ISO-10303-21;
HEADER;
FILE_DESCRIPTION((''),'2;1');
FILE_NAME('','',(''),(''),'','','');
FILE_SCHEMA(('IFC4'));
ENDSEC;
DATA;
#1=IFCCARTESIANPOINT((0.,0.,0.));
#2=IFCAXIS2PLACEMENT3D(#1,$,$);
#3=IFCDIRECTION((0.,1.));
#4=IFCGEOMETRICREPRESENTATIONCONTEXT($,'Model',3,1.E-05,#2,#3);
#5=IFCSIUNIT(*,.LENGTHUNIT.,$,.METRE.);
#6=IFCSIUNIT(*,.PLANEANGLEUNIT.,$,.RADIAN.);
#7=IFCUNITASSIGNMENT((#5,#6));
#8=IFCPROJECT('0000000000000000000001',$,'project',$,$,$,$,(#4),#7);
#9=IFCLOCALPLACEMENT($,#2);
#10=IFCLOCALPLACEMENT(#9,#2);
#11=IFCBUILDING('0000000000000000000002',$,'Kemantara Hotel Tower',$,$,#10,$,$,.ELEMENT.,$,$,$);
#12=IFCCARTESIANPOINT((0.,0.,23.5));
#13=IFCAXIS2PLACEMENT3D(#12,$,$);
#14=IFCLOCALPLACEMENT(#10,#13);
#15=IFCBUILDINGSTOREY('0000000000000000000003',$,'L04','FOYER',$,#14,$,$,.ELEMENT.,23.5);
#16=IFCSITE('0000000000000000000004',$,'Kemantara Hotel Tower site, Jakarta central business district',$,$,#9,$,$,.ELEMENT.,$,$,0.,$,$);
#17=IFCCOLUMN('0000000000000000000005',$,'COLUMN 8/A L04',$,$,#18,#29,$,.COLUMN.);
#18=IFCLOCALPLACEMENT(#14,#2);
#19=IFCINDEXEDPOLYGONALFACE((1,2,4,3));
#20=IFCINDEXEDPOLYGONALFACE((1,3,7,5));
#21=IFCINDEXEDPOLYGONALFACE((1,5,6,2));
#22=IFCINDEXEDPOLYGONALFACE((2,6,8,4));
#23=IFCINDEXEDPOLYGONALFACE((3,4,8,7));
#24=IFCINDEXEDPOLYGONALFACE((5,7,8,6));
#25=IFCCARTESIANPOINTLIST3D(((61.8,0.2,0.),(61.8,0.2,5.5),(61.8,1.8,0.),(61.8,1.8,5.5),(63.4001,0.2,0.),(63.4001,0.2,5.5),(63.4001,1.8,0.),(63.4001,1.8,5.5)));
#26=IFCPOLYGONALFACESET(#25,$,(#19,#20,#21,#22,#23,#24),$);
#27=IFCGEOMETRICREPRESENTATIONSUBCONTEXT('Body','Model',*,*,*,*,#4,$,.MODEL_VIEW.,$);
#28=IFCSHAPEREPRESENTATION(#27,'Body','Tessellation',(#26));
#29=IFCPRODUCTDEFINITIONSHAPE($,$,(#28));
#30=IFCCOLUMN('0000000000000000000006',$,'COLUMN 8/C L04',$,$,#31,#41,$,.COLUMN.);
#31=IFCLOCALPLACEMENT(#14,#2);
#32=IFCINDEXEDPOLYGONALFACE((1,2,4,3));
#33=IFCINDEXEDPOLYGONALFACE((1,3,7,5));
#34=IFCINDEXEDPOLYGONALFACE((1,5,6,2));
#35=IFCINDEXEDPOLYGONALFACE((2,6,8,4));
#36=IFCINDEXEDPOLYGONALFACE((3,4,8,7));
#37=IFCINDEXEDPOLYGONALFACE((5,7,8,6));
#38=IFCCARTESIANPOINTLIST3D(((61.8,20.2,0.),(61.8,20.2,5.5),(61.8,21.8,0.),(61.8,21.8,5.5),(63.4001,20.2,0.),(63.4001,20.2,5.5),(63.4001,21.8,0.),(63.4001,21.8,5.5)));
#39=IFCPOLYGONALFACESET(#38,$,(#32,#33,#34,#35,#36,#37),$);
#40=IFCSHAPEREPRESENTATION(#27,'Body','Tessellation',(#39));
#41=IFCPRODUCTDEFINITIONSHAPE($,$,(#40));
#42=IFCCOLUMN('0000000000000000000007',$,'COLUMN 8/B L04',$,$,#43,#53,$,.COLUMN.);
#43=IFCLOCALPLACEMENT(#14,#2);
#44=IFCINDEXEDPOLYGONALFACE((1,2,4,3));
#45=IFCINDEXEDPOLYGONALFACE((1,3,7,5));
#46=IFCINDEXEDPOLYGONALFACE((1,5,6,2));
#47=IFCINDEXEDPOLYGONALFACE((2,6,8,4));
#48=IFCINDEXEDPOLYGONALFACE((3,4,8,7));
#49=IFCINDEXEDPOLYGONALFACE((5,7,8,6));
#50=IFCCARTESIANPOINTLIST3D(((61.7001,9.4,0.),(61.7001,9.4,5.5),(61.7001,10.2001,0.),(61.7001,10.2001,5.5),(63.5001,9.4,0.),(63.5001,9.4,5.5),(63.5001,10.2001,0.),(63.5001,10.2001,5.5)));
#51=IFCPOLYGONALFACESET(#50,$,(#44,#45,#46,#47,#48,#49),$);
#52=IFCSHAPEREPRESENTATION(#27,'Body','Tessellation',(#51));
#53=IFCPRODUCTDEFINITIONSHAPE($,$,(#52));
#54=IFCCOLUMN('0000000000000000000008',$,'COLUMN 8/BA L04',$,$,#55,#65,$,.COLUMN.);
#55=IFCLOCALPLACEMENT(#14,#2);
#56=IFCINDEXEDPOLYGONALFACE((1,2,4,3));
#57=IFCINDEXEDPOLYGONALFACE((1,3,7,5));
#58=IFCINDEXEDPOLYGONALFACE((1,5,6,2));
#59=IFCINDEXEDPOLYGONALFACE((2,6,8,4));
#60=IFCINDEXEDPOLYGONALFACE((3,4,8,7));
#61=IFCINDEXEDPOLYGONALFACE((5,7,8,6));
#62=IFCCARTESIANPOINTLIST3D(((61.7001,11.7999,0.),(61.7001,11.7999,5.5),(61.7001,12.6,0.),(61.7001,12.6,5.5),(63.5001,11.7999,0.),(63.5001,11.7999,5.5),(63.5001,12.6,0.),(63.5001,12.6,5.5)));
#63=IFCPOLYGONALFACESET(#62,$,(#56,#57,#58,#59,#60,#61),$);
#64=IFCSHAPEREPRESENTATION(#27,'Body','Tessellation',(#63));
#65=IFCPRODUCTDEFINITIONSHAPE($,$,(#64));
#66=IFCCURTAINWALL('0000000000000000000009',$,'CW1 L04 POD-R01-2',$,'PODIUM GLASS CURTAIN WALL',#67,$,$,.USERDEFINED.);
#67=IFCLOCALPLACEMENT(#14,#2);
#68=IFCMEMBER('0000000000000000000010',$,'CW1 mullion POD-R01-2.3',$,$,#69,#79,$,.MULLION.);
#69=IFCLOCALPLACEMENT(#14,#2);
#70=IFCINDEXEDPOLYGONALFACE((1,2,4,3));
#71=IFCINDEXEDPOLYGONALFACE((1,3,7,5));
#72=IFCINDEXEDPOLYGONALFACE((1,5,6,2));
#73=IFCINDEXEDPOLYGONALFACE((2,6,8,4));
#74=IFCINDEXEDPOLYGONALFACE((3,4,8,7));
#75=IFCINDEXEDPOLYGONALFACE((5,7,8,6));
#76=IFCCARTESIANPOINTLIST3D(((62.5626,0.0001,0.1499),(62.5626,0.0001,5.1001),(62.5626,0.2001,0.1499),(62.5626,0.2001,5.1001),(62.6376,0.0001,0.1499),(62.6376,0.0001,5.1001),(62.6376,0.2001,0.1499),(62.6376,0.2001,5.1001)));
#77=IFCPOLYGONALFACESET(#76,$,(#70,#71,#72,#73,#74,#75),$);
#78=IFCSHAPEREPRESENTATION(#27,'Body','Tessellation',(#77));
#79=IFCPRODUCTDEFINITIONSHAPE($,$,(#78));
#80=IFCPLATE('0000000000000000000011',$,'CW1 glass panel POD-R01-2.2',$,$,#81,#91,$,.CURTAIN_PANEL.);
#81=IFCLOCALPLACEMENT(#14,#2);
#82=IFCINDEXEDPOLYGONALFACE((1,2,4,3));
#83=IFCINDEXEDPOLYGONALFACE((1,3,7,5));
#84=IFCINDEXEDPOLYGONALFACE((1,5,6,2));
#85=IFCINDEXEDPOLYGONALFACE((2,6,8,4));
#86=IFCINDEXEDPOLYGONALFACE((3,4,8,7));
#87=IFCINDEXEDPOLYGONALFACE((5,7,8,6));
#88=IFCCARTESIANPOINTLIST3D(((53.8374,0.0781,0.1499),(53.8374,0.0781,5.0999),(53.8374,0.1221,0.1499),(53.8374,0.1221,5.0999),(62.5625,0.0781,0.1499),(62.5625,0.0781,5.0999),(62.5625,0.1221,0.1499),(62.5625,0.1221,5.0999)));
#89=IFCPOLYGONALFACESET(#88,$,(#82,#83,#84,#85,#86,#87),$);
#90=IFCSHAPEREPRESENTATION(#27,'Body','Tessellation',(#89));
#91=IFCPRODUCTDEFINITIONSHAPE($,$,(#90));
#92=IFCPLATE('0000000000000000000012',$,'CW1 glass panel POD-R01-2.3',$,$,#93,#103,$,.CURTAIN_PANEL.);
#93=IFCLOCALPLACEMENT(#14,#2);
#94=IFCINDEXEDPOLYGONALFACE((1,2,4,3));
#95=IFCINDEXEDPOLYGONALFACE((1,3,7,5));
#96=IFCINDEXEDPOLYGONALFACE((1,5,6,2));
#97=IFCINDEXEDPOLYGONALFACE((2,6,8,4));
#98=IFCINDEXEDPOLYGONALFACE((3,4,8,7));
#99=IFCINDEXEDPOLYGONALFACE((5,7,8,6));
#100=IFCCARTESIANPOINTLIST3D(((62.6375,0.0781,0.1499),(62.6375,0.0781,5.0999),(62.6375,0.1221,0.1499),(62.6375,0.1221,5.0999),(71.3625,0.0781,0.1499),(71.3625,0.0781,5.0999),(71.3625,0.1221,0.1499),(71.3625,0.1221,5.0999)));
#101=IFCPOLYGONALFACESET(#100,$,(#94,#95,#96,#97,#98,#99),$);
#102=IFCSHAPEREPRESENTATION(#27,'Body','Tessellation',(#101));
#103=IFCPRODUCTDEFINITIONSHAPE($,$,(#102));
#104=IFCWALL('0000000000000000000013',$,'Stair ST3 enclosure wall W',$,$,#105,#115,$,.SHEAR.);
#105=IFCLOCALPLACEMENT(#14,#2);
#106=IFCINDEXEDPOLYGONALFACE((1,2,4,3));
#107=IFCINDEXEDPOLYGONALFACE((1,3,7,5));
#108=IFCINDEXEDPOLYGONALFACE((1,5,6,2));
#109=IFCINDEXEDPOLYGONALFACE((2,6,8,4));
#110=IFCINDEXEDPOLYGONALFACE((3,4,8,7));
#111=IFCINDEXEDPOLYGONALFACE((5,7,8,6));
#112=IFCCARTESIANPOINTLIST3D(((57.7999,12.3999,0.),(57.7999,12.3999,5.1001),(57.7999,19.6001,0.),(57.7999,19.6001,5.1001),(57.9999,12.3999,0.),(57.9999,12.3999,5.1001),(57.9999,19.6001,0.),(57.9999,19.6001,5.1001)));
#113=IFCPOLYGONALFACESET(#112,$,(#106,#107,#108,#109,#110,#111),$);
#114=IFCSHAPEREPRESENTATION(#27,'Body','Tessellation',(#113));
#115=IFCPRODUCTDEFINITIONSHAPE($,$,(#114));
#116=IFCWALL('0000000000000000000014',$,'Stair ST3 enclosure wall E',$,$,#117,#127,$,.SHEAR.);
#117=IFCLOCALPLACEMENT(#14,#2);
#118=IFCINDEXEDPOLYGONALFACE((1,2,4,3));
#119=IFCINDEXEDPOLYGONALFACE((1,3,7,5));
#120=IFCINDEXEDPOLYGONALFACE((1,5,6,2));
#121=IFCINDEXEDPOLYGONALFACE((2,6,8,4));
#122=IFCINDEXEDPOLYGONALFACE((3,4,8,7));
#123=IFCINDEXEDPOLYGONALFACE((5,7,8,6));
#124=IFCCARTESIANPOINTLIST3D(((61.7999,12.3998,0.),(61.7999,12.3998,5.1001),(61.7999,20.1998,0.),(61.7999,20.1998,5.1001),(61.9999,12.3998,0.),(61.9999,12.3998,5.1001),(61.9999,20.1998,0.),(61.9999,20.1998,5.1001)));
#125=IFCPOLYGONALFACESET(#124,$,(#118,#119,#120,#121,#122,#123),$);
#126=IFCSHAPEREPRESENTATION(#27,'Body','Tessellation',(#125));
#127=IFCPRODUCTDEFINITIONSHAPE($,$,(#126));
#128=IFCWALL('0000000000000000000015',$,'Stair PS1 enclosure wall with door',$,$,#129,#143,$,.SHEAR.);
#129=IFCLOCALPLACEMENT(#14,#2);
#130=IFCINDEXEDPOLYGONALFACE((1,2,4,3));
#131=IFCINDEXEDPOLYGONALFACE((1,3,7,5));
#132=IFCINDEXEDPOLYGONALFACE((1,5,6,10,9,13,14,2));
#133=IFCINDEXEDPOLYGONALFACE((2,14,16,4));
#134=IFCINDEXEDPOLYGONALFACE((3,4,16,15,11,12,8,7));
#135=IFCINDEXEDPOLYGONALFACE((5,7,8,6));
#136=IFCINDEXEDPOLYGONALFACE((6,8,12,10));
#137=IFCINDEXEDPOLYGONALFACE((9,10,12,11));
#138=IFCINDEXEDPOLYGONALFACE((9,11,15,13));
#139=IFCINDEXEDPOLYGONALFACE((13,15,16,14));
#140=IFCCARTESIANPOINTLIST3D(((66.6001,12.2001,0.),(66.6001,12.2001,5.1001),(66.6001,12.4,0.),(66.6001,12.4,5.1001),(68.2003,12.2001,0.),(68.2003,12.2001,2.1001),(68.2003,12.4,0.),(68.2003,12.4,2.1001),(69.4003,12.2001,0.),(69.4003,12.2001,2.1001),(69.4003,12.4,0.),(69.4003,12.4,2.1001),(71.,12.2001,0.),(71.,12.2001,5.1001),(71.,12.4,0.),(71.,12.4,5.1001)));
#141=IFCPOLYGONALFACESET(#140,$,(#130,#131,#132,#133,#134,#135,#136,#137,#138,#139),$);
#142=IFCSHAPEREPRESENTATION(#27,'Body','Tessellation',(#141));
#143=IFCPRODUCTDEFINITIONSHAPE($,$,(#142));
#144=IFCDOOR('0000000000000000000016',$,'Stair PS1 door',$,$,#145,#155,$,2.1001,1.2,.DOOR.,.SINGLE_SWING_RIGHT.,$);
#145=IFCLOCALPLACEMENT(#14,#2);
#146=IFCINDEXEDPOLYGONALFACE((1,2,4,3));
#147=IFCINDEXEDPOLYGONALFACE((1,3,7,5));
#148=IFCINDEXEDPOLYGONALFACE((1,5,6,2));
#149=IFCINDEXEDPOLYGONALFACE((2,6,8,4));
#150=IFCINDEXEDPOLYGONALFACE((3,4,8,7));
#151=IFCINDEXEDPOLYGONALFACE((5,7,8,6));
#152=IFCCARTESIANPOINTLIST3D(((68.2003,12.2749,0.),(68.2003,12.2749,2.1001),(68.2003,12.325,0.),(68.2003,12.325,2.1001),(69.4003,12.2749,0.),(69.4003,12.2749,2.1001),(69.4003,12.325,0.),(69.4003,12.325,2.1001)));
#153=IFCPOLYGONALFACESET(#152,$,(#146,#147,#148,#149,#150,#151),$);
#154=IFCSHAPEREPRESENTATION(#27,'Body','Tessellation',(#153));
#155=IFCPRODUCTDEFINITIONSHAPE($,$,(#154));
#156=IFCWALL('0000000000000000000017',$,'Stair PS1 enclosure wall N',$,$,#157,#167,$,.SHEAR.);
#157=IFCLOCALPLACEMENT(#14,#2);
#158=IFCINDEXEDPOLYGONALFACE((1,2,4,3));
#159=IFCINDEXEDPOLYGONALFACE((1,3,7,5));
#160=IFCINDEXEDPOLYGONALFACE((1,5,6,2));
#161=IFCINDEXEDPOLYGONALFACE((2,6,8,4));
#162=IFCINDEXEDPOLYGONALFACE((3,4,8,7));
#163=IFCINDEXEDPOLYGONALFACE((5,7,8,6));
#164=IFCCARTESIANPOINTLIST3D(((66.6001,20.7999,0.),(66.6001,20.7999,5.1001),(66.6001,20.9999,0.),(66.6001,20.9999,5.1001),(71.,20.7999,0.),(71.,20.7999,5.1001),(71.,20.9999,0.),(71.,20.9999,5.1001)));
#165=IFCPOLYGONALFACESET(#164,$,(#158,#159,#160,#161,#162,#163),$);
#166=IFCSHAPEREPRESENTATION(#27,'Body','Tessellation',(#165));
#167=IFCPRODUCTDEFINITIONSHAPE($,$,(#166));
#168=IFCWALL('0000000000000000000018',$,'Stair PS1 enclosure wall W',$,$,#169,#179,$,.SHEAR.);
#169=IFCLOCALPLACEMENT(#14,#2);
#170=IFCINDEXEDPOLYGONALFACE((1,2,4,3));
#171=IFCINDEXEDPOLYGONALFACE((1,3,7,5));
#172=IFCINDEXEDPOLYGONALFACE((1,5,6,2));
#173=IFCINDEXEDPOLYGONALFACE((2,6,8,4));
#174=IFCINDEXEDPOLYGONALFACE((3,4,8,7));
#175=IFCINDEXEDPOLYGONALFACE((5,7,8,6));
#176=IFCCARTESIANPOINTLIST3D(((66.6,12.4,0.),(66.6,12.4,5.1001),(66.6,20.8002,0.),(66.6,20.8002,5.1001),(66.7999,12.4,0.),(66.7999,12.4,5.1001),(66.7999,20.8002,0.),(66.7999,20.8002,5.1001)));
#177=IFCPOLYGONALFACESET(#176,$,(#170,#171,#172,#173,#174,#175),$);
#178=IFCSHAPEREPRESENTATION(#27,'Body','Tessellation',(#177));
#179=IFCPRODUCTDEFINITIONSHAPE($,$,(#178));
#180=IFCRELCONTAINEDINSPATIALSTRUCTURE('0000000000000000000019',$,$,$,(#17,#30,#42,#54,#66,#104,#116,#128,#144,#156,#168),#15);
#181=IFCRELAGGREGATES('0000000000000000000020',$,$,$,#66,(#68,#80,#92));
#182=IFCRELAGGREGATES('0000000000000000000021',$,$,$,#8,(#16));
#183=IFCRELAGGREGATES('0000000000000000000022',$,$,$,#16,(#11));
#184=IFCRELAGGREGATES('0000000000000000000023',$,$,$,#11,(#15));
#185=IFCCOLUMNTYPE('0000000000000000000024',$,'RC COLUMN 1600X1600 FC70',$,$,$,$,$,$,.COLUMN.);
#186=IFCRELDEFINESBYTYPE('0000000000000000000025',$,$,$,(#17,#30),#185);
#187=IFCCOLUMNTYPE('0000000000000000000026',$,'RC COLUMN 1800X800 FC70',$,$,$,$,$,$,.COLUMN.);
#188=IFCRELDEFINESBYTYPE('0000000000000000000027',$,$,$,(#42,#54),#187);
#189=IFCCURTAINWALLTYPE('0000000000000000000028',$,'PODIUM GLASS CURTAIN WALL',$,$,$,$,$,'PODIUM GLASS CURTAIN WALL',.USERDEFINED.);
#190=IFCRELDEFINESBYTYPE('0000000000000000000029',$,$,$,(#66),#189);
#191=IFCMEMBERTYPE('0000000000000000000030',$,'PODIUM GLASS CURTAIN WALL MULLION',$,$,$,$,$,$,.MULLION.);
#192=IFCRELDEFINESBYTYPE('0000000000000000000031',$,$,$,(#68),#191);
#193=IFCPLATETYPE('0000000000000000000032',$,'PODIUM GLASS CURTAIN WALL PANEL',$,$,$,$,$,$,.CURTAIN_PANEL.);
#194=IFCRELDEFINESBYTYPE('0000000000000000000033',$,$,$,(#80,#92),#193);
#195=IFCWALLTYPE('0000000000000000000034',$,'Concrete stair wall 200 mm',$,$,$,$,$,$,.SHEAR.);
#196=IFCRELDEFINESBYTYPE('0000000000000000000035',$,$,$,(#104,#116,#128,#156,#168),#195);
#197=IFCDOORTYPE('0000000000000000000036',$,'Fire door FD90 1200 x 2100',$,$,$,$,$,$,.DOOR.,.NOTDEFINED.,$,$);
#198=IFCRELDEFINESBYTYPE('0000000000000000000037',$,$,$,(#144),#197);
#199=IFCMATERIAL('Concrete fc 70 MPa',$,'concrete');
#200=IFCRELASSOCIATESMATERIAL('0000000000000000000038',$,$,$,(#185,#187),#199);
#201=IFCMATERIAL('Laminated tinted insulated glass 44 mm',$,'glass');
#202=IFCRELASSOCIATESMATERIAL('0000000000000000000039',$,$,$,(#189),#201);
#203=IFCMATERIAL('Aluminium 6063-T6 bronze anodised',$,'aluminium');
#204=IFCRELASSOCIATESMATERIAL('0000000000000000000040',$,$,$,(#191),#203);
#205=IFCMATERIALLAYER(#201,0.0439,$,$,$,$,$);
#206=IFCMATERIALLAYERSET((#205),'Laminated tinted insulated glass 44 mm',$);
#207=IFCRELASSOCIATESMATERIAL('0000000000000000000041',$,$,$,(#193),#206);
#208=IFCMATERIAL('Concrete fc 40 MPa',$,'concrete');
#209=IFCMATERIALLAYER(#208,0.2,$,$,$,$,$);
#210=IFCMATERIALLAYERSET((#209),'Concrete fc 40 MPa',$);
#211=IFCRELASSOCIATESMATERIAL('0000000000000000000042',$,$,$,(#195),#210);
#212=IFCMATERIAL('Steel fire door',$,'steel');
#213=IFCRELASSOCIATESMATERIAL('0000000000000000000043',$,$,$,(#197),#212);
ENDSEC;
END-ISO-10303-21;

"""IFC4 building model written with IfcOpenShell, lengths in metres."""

from ifc_helpers import new_model, si_unit, direction, frame, frame_2d, origin, origin_2d, place, context, subcontext, project, spatial, rectangle, extrude, source, transform, mapped, material, layer, layer_set, material_profile, profile_set, type_object, element, fill, aggregate, save


model = new_model("IFC4")

# Units and contexts
model_context = context("Model", 3, precision=1e-05, world=origin(), true_north=direction((0.0, 1.0)))
body_context = subcontext(model_context, "Body", "Model", "MODEL_VIEW")
ifc_project = project(units=[si_unit("LENGTHUNIT", "METRE"), si_unit("PLANEANGLEUNIT", "RADIAN")], contexts=[model_context])

# Site, building, storey
site_placement = place(None, origin())
site = spatial("IfcSite", under=ifc_project, at=site_placement, Name="Kemantara Hotel Tower site, Jakarta central business district", CompositionType="ELEMENT", RefElevation=0.0)
building_placement = place(site_placement, origin())
building = spatial("IfcBuilding", under=site, at=building_placement, Name="Kemantara Hotel Tower", CompositionType="ELEMENT")
storey_placement = place(building_placement, frame((0.0, 0.0, 23.5)))
storey = spatial("IfcBuildingStorey", under=building, at=storey_placement, Name="L04", Description="FOYER", CompositionType="ELEMENT", Elevation=23.5)

# Columns
ifc_material_1 = material(Name="Concrete fc 70 MPa", Category="concrete")
ifc_material_profile_1 = material_profile(ifc_material_1, rectangle(XDim=1.6001, YDim=1.6001, at=origin_2d()), Name="RC 1600X1600")
ifc_profile_set_1 = profile_set([ifc_material_profile_1], Name="Concrete fc 70 MPa")
column_type_1 = type_object("IfcColumnType", Name="RC COLUMN 1600X1600 FC70", PredefinedType="COLUMN", material=ifc_profile_set_1)
for number, where, z_axis, x_axis, name in (
    (1, (62.6001, 1.0, 0.0), (0.0, 0.0, 1.0), (1.0, 0.0, 0.0), "COLUMN 8/A L04"),
    (2, (62.6001, 21.0, 0.0), (0.0, 0.0, 1.0), (1.0, 0.0, 0.0), "COLUMN 8/C L04"),
):
    element("IfcColumn", number, at=place(storey_placement, frame(where, z_axis=z_axis, x_axis=x_axis)), inside=storey, type_object=column_type_1, Name=name, PredefinedType="COLUMN", context=body_context, shape_type="SweptSolid", body=[
        extrude(rectangle(XDim=1.6001, YDim=1.6001, at=origin_2d()), origin(), (0.0, 0.0, 1.0), 5.5),
    ])
ifc_material_profile_2 = material_profile(ifc_material_1, rectangle(XDim=1.8, YDim=0.8, at=origin_2d()), Name="RC 1800X800")
ifc_profile_set_2 = profile_set([ifc_material_profile_2], Name="Concrete fc 70 MPa")
column_type_2 = type_object("IfcColumnType", Name="RC COLUMN 1800X800 FC70", PredefinedType="COLUMN", material=ifc_profile_set_2)
for number, where, z_axis, x_axis, name in (
    (3, (62.6001, 9.8, 0.0), (0.0, 0.0, 1.0), (1.0, 0.0, 0.0), "COLUMN 8/B L04"),
    (4, (62.6001, 12.2, 0.0), (0.0, 0.0, 1.0), (1.0, 0.0, 0.0), "COLUMN 8/BA L04"),
):
    element("IfcColumn", number, at=place(storey_placement, frame(where, z_axis=z_axis, x_axis=x_axis)), inside=storey, type_object=column_type_2, Name=name, PredefinedType="COLUMN", context=body_context, shape_type="SweptSolid", body=[
        extrude(rectangle(XDim=1.8, YDim=0.8, at=origin_2d()), origin(), (0.0, 0.0, 1.0), 5.5),
    ])

# Curtain wall, member, plates
ifc_material_2 = material(Name="Laminated tinted insulated glass 44 mm", Category="glass")
curtain_wall_type = type_object("IfcCurtainWallType", Name="PODIUM GLASS CURTAIN WALL", ElementType="PODIUM GLASS CURTAIN WALL", PredefinedType="USERDEFINED", material=ifc_material_2)
curtain_wall_placement = place(storey_placement, origin())
curtain_wall = element("IfcCurtainWall", 5, at=curtain_wall_placement, inside=storey, type_object=curtain_wall_type, Name="CW1 L04 POD-R01-2", ObjectType="PODIUM GLASS CURTAIN WALL", PredefinedType="USERDEFINED")
ifc_material_3 = material(Name="Aluminium 6063-T6 bronze anodised", Category="aluminium")
ifc_material_profile_3 = material_profile(ifc_material_3, rectangle(XDim=0.2, YDim=0.075, at=origin_2d()), Name="PODIUM GLASS CURTAIN WALL MULLION")
ifc_profile_set_3 = profile_set([ifc_material_profile_3], Name="Aluminium 6063-T6 bronze anodised")
member_type = type_object("IfcMemberType", Name="PODIUM GLASS CURTAIN WALL MULLION", PredefinedType="MULLION", material=ifc_profile_set_3)
shared_shape_1 = source(origin(), body_context, "Body", "SweptSolid", [
    extrude(rectangle(XDim=0.2, YDim=0.075, at=origin_2d()), origin(), (0.0, 0.0, 1.0), 4.9502),
])
member_placement = place(storey_placement, frame((62.6001, 0.1001, 0.1499), z_axis=(0.0, 0.0, 1.0), x_axis=(0.0, 1.0, 0.0)))
member = element("IfcMember", 6, at=member_placement, type_object=member_type, Name="CW1 mullion POD-R01-2.3", PredefinedType="MULLION", context=body_context, shape_type="MappedRepresentation", body=[
    mapped(shared_shape_1, transform((0.0, 0.0, 0.0))),
])
ifc_layer_1 = layer(ifc_material_2, 0.0439)
ifc_layer_set_1 = layer_set([ifc_layer_1], Name="Laminated tinted insulated glass 44 mm")
plate_type = type_object("IfcPlateType", Name="PODIUM GLASS CURTAIN WALL PANEL", PredefinedType="CURTAIN_PANEL", material=ifc_layer_set_1)
shared_shape_2 = source(origin(), body_context, "Body", "SweptSolid", [
    extrude(rectangle(XDim=8.7251, YDim=0.0439, at=origin_2d()), origin(), (0.0, 0.0, 1.0), 4.95),
])
plate_1_placement = place(storey_placement, frame((58.2, 0.1001, 0.1499), z_axis=(0.0, 0.0, 1.0), x_axis=(1.0, 0.0, 0.0)))
plate_1 = element("IfcPlate", 7, at=plate_1_placement, type_object=plate_type, Name="CW1 glass panel POD-R01-2.2", PredefinedType="CURTAIN_PANEL", context=body_context, shape_type="MappedRepresentation", body=[
    mapped(shared_shape_2, transform((0.0, 0.0, 0.0))),
])
plate_2_placement = place(storey_placement, frame((67.0, 0.1001, 0.1499), z_axis=(0.0, 0.0, 1.0), x_axis=(1.0, 0.0, 0.0)))
plate_2 = element("IfcPlate", 8, at=plate_2_placement, type_object=plate_type, Name="CW1 glass panel POD-R01-2.3", PredefinedType="CURTAIN_PANEL", context=body_context, shape_type="MappedRepresentation", body=[
    mapped(shared_shape_2, transform((0.0, 0.0, 0.0))),
])
aggregate(curtain_wall, [member, plate_1, plate_2])

# Walls
ifc_material_4 = material(Name="Concrete fc 40 MPa", Category="concrete")
ifc_layer_2 = layer(ifc_material_4, 0.2)
ifc_layer_set_2 = layer_set([ifc_layer_2], Name="Concrete fc 40 MPa")
wall_type_1 = type_object("IfcWallType", Name="Concrete stair wall 200 mm", PredefinedType="SHEAR", material=ifc_layer_set_2)
wall_1_placement = place(storey_placement, frame((57.8999, 12.3999, 0.0), z_axis=(0.0, 0.0, 1.0), x_axis=(0.0, 1.0, 0.0)))
element("IfcWall", 9, at=wall_1_placement, inside=storey, type_object=wall_type_1, Name="Stair ST3 enclosure wall W", PredefinedType="SHEAR", context=body_context, shape_type="SweptSolid", body=[
    extrude(rectangle(XDim=7.2002, YDim=0.2, at=frame_2d((3.6001, 0.0))), origin(), (0.0, 0.0, 1.0), 5.1001),
])
wall_2_placement = place(storey_placement, frame((61.8999, 12.3999, 0.0), z_axis=(0.0, 0.0, 1.0), x_axis=(0.0, 1.0, 0.0)))
element("IfcWall", 10, at=wall_2_placement, inside=storey, type_object=wall_type_1, Name="Stair ST3 enclosure wall E", PredefinedType="SHEAR", context=body_context, shape_type="SweptSolid", body=[
    extrude(rectangle(XDim=7.8, YDim=0.2, at=frame_2d((3.8999, 0.0))), origin(), (0.0, 0.0, 1.0), 5.1001),
])

# Wall, opening, door
wall_3_placement = place(storey_placement, frame((66.6001, 12.3, 0.0), z_axis=(0.0, 0.0, 1.0), x_axis=(1.0, 0.0, 0.0)))
wall_3 = element("IfcWall", 11, at=wall_3_placement, inside=storey, type_object=wall_type_1, Name="Stair PS1 enclosure wall with door", PredefinedType="SHEAR", context=body_context, shape_type="SweptSolid", body=[
    extrude(rectangle(XDim=4.3999, YDim=0.2, at=frame_2d((2.2, 0.0))), origin(), (0.0, 0.0, 1.0), 5.1001),
])
opening_1_placement = place(wall_3_placement, frame((1.6001, 0.0, 0.0)))
opening_1 = element("IfcOpeningElement", 12, at=opening_1_placement, cuts=wall_3, PredefinedType="OPENING", context=body_context, shape_type="SweptSolid", body=[
    extrude(rectangle(XDim=1.2, YDim=2.1001, at=frame_2d((0.6001, 1.05))), frame((0.0, 0.1099, 0.0), z_axis=(0.0, -1.0, 0.0), x_axis=(1.0, 0.0, 0.0)), (0.0, 0.0, 1.0), 0.22),
])
ifc_material_5 = material(Name="Steel fire door", Category="steel")
door_type_1 = type_object("IfcDoorType", Name="Fire door FD90 1200 x 2100", OperationType="NOTDEFINED", PredefinedType="DOOR", material=ifc_material_5)
door_1_placement = place(opening_1_placement, origin())
door_1 = element("IfcDoor", 13, at=door_1_placement, inside=storey, type_object=door_type_1, Name="Stair PS1 door", OperationType="SINGLE_SWING_RIGHT", OverallHeight=2.1001, OverallWidth=1.2, PredefinedType="DOOR", context=body_context, shape_type="SweptSolid", body=[
    extrude(rectangle(XDim=1.2, YDim=2.1001, at=frame_2d((0.6001, 1.05))), frame((0.0, 0.0249, 0.0), z_axis=(0.0, -1.0, 0.0), x_axis=(1.0, 0.0, 0.0)), (0.0, 0.0, 1.0), 0.05),
])
fill(opening_1, door_1)

# Walls
wall_4_placement = place(storey_placement, frame((66.6001, 20.8999, 0.0), z_axis=(0.0, 0.0, 1.0), x_axis=(1.0, 0.0, 0.0)))
element("IfcWall", 14, at=wall_4_placement, inside=storey, type_object=wall_type_1, Name="Stair PS1 enclosure wall N", PredefinedType="SHEAR", context=body_context, shape_type="SweptSolid", body=[
    extrude(rectangle(XDim=4.3999, YDim=0.2, at=frame_2d((2.2, 0.0))), origin(), (0.0, 0.0, 1.0), 5.1001),
])
wall_5_placement = place(storey_placement, frame((66.7, 12.3999, 0.0), z_axis=(0.0, 0.0, 1.0), x_axis=(0.0, 1.0, 0.0)))
element("IfcWall", 15, at=wall_5_placement, inside=storey, type_object=wall_type_1, Name="Stair PS1 enclosure wall W", PredefinedType="SHEAR", context=body_context, shape_type="SweptSolid", body=[
    extrude(rectangle(XDim=8.4001, YDim=0.2, at=frame_2d((4.2002, 0.0))), origin(), (0.0, 0.0, 1.0), 5.1001),
])

save(model, "model.ifc")
